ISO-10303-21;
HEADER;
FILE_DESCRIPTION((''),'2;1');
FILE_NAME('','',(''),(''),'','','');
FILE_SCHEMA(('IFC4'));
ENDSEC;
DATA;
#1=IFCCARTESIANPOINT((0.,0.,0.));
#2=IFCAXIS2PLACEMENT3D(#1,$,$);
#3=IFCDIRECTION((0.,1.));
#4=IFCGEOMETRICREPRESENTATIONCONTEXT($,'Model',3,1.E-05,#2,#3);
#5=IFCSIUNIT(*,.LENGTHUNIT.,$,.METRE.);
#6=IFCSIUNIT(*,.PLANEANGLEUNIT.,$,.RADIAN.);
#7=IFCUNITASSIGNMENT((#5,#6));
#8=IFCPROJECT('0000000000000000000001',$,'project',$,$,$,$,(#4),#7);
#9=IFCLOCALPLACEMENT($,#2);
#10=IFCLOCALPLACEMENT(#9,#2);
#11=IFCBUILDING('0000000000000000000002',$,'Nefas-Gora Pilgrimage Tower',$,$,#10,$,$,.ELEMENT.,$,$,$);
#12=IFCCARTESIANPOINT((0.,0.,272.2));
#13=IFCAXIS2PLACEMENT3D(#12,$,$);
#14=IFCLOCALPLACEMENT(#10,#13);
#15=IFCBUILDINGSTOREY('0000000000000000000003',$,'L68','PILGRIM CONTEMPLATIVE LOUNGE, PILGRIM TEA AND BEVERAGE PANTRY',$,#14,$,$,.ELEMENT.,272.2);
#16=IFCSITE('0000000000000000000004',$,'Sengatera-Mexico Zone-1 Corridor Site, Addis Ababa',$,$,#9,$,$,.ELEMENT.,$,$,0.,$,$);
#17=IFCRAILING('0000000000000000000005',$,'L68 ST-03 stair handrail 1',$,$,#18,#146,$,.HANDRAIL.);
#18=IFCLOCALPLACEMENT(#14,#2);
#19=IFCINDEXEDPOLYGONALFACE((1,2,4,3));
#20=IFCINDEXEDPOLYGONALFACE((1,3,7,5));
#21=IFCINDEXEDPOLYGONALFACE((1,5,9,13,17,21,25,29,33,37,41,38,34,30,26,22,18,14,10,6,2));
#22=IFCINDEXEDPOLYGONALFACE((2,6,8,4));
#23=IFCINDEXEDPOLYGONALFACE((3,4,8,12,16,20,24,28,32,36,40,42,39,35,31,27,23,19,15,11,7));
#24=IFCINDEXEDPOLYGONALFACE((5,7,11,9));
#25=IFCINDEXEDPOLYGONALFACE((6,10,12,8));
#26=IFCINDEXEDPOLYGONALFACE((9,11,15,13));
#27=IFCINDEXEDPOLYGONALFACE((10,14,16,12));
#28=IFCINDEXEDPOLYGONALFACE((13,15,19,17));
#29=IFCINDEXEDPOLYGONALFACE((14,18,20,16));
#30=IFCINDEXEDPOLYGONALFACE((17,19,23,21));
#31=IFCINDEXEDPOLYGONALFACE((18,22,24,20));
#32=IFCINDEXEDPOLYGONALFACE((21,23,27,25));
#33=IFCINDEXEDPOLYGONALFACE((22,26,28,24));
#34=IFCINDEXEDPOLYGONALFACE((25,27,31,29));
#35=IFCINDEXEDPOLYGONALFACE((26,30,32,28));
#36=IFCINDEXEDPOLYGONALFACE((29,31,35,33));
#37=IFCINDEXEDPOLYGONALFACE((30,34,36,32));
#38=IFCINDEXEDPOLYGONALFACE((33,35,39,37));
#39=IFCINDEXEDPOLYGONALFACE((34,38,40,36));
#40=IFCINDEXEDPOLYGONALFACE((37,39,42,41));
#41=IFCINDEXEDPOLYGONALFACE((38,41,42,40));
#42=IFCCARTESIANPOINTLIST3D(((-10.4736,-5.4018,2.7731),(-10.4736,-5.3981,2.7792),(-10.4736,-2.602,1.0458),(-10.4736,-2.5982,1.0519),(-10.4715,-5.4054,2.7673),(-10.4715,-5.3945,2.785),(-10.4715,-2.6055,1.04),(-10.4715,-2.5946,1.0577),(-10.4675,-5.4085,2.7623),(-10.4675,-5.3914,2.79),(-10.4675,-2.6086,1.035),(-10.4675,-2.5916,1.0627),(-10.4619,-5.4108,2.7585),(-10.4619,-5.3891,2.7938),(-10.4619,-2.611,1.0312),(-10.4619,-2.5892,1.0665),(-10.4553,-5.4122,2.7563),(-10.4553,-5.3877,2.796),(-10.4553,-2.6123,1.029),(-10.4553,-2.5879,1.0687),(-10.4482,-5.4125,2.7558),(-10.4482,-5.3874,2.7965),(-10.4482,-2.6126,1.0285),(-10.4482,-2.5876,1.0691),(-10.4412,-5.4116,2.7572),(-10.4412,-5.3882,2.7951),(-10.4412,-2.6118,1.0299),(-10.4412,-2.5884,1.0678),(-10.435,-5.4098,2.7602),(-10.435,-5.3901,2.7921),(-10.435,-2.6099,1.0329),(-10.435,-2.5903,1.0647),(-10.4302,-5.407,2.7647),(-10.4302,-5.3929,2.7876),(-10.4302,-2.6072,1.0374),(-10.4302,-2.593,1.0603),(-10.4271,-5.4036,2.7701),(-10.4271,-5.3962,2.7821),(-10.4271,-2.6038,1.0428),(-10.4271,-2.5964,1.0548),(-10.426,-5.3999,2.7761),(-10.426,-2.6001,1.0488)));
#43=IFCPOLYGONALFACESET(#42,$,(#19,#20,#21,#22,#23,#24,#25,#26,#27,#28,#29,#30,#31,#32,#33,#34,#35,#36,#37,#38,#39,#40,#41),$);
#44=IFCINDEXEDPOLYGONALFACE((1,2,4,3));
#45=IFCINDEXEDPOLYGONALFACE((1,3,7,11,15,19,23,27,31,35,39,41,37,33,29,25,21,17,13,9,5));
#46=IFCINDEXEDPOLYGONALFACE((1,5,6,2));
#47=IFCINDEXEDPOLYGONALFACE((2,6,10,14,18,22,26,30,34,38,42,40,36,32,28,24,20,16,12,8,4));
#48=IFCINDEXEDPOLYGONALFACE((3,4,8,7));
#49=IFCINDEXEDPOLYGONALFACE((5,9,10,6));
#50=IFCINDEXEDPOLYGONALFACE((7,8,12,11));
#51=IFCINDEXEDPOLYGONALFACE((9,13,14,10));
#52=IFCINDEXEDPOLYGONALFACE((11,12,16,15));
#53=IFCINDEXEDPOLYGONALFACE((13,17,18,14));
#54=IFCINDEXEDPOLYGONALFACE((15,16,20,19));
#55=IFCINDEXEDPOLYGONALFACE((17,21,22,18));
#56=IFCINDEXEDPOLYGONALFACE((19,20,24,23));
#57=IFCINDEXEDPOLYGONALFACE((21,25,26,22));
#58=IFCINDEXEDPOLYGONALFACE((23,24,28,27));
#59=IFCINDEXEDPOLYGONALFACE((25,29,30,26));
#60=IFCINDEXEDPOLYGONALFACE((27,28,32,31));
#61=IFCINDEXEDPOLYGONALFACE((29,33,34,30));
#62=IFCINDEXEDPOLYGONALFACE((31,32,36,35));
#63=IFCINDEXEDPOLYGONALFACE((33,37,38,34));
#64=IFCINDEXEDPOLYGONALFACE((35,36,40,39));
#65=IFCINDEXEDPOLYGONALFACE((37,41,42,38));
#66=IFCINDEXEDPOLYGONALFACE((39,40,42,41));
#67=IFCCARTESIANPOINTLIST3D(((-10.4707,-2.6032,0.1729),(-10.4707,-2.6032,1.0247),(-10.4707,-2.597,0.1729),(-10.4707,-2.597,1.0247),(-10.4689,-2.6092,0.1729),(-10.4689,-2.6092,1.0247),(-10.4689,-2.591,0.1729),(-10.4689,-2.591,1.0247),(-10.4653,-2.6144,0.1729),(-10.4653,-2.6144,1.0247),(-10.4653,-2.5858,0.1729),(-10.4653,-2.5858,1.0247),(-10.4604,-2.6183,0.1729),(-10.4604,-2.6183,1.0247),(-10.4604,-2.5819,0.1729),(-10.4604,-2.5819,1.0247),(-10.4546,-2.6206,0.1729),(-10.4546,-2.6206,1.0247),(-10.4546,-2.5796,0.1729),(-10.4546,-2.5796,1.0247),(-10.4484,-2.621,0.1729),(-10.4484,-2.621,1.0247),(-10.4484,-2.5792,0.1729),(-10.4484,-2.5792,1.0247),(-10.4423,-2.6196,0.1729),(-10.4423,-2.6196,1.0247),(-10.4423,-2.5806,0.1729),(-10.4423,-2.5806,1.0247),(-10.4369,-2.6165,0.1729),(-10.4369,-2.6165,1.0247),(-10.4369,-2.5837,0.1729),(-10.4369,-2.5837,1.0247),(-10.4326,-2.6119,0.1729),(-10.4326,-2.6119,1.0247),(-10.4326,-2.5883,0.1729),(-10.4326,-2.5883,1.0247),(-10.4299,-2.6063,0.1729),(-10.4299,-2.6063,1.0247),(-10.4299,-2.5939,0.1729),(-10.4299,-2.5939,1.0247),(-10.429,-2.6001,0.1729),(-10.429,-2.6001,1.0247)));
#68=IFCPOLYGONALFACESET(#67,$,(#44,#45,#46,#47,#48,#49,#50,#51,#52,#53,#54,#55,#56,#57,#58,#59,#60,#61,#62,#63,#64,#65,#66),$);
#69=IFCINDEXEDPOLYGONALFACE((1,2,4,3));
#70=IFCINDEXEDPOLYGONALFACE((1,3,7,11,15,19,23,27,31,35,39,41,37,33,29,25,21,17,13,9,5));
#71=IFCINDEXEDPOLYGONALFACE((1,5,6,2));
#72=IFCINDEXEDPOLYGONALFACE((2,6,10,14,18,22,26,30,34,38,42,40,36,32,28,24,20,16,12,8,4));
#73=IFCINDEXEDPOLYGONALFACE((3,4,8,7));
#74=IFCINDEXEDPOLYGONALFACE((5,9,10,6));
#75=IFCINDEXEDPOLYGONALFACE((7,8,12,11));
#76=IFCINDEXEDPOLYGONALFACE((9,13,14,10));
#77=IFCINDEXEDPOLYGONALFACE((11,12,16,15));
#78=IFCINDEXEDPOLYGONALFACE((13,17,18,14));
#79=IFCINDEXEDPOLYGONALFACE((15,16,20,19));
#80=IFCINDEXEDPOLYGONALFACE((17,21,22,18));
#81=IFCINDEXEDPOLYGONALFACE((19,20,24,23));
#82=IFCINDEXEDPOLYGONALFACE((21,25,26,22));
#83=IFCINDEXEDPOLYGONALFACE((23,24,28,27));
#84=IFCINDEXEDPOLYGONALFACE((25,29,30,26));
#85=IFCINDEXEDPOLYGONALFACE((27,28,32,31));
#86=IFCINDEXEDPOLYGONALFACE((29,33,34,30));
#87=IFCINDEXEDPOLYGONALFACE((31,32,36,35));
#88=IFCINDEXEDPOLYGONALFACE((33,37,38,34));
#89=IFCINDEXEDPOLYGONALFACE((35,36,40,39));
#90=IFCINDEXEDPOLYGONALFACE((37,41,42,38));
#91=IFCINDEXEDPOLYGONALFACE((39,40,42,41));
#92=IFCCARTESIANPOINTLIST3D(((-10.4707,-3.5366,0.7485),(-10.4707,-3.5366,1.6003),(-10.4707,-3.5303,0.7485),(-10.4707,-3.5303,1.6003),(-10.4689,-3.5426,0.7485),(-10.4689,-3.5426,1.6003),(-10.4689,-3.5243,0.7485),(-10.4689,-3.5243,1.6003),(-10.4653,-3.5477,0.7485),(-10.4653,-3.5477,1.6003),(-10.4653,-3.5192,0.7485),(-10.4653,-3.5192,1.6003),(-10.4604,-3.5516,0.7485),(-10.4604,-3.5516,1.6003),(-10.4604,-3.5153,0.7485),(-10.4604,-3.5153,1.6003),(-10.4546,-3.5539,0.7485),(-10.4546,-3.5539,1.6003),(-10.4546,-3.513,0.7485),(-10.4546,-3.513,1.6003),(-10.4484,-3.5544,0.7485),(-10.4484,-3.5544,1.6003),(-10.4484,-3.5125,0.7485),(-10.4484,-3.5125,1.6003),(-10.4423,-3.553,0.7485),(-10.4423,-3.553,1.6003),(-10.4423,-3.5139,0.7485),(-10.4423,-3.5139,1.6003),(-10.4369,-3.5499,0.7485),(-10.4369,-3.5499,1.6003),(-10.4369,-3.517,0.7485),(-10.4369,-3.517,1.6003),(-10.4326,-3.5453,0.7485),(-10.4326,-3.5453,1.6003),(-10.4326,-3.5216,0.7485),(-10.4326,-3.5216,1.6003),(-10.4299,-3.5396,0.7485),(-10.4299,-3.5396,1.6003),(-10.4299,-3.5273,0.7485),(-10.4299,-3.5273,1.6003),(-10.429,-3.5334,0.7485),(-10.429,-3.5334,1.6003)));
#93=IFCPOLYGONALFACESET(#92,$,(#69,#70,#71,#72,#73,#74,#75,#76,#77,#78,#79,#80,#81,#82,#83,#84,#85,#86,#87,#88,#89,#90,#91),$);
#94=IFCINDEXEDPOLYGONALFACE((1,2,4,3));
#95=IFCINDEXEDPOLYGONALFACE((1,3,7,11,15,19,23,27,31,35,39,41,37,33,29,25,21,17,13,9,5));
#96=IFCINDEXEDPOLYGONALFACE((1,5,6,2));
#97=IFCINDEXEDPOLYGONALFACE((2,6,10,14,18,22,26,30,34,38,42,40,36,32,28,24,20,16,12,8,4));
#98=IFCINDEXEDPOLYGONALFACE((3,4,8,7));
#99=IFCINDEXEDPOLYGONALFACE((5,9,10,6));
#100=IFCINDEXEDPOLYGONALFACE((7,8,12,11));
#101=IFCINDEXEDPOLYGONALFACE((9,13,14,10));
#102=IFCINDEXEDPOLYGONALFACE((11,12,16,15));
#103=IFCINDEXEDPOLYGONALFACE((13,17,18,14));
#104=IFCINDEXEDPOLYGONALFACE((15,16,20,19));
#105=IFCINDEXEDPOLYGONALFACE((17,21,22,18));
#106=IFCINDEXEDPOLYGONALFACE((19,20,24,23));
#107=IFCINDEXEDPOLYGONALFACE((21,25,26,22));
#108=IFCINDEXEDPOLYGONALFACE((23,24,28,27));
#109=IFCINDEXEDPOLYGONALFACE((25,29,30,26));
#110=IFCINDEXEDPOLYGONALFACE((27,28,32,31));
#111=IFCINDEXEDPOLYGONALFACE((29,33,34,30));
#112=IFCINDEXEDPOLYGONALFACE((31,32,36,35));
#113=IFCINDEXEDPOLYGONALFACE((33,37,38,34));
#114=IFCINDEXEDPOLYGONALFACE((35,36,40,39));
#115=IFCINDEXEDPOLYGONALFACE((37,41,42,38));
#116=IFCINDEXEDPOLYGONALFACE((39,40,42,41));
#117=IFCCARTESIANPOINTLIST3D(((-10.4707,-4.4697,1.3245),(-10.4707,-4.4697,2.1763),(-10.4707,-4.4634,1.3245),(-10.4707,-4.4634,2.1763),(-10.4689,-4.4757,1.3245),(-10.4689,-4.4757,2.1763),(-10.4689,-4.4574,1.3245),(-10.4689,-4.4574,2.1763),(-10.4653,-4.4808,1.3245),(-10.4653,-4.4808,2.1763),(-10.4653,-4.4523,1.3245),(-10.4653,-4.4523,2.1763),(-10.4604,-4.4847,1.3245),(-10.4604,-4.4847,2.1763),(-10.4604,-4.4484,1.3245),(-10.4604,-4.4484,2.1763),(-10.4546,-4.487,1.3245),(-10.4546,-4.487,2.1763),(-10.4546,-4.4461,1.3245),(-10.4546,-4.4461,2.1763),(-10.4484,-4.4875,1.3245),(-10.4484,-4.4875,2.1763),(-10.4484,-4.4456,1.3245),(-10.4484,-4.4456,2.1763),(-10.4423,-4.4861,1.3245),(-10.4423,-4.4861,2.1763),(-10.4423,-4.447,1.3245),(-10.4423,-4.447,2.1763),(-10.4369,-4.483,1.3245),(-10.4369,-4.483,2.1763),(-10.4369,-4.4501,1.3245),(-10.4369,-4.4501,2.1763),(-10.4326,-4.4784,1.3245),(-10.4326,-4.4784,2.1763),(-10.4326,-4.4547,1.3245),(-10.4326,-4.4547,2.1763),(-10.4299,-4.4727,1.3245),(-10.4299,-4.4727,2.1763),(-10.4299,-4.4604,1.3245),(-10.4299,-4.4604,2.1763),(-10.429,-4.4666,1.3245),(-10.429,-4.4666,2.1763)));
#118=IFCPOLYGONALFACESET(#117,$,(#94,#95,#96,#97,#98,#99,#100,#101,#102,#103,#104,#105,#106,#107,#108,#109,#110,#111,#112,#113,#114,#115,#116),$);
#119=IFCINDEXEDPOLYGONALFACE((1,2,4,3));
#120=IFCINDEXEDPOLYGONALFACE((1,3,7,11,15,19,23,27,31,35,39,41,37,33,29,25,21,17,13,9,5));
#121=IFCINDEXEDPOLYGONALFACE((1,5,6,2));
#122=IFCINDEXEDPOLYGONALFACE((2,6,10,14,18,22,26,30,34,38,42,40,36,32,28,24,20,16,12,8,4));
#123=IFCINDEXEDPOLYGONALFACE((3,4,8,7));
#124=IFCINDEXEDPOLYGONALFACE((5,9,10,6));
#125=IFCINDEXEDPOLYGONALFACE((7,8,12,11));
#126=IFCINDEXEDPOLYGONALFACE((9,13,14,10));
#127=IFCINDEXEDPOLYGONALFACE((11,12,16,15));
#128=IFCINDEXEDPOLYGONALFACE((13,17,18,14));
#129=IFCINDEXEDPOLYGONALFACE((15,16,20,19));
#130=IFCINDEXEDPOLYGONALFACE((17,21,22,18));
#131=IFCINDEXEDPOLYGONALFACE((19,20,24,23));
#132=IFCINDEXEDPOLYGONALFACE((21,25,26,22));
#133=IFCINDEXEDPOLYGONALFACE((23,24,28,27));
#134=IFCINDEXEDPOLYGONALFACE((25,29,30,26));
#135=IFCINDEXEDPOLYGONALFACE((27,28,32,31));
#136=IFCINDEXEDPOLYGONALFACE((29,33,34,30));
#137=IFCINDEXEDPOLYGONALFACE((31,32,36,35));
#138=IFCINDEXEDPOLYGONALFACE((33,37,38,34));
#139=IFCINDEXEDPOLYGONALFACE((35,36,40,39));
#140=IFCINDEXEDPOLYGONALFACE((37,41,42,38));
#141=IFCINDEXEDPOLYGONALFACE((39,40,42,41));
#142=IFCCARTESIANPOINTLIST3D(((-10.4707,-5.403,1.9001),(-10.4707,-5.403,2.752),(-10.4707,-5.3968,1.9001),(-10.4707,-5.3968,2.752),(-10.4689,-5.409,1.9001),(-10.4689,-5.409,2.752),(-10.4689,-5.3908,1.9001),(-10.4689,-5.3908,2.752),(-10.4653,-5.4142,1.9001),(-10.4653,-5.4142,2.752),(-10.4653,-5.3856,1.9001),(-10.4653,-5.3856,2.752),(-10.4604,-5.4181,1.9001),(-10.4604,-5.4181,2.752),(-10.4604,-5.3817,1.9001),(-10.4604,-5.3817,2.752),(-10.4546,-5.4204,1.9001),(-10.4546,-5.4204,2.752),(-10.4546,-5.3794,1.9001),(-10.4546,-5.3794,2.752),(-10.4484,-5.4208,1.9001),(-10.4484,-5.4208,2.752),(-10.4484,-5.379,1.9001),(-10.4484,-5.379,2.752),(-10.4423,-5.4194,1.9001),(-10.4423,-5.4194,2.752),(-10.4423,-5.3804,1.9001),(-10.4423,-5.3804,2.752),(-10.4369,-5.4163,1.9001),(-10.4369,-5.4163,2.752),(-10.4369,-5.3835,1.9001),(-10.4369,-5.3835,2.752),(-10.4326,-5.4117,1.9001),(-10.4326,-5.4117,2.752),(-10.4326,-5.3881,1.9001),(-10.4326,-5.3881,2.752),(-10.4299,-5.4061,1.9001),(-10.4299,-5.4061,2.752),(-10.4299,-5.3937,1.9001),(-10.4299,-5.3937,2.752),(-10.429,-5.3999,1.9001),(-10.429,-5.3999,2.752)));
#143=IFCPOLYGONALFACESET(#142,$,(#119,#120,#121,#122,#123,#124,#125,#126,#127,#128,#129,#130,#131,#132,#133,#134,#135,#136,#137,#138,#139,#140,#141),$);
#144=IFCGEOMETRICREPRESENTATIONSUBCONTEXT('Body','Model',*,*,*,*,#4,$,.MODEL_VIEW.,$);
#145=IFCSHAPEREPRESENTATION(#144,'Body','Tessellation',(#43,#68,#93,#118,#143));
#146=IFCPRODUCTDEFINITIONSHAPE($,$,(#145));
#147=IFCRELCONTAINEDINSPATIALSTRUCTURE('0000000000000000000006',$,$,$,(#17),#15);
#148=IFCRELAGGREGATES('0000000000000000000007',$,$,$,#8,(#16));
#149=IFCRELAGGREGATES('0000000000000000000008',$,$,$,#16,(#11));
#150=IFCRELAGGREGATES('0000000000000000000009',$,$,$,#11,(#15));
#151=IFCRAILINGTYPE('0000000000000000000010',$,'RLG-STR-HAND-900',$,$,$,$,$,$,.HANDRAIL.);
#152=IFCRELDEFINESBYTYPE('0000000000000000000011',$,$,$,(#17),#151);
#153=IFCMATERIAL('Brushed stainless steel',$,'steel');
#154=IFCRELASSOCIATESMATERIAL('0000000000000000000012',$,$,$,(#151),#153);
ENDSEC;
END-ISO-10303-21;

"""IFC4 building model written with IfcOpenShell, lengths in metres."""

from ifc_helpers import new_model, si_unit, direction, frame, origin, origin_2d, place, context, subcontext, project, spatial, circle, extrude, material, type_object, element, save


model = new_model("IFC4")

# Units and contexts
model_context = context("Model", 3, precision=1e-05, world=origin(), true_north=direction((0.0, 1.0)))
body_context = subcontext(model_context, "Body", "Model", "MODEL_VIEW")
ifc_project = project(units=[si_unit("LENGTHUNIT", "METRE"), si_unit("PLANEANGLEUNIT", "RADIAN")], contexts=[model_context])

# Site, building, storey
site_placement = place(None, origin())
site = spatial("IfcSite", under=ifc_project, at=site_placement, Name="Sengatera-Mexico Zone-1 Corridor Site, Addis Ababa", CompositionType="ELEMENT", RefElevation=0.0)
building_placement = place(site_placement, origin())
building = spatial("IfcBuilding", under=site, at=building_placement, Name="Nefas-Gora Pilgrimage Tower", CompositionType="ELEMENT")
storey_placement = place(building_placement, frame((0.0, 0.0, 272.2)))
storey = spatial("IfcBuildingStorey", under=building, at=storey_placement, Name="L68", Description="PILGRIM CONTEMPLATIVE LOUNGE, PILGRIM TEA AND BEVERAGE PANTRY", CompositionType="ELEMENT", Elevation=272.2)

# Railing
ifc_material_1 = material(Name="Brushed stainless steel", Category="steel")
railing_type_1 = type_object("IfcRailingType", Name="RLG-STR-HAND-900", PredefinedType="HANDRAIL", material=ifc_material_1)
railing_1_placement = place(storey_placement, frame((-10.45, -2.6001, 0.1729)))
element("IfcRailing", 1, at=railing_1_placement, inside=storey, type_object=railing_type_1, Name="L68 ST-03 stair handrail 1", PredefinedType="HANDRAIL", context=body_context, shape_type="SweptSolid", body=[
    extrude(circle(Radius=0.0239, at=origin_2d()), frame((0.0, 0.0, 0.876), z_axis=(0.0, -0.851069, 0.525054), x_axis=(1.0, 0.0, 0.0)), (0.0, 0.0, 1.0), 3.2898),
    extrude(circle(Radius=0.021, at=origin_2d()), origin(), (0.0, 0.0, 1.0), 0.8518),
    extrude(circle(Radius=0.021, at=origin_2d()), frame((0.0, -0.9333, 0.5757)), (0.0, 0.0, 1.0), 0.8518),
    extrude(circle(Radius=0.021, at=origin_2d()), frame((0.0, -1.8665, 1.1516)), (0.0, 0.0, 1.0), 0.8518),
    extrude(circle(Radius=0.021, at=origin_2d()), frame((0.0, -2.7998, 1.7273)), (0.0, 0.0, 1.0), 0.8518),
])

save(model, "model.ifc")
